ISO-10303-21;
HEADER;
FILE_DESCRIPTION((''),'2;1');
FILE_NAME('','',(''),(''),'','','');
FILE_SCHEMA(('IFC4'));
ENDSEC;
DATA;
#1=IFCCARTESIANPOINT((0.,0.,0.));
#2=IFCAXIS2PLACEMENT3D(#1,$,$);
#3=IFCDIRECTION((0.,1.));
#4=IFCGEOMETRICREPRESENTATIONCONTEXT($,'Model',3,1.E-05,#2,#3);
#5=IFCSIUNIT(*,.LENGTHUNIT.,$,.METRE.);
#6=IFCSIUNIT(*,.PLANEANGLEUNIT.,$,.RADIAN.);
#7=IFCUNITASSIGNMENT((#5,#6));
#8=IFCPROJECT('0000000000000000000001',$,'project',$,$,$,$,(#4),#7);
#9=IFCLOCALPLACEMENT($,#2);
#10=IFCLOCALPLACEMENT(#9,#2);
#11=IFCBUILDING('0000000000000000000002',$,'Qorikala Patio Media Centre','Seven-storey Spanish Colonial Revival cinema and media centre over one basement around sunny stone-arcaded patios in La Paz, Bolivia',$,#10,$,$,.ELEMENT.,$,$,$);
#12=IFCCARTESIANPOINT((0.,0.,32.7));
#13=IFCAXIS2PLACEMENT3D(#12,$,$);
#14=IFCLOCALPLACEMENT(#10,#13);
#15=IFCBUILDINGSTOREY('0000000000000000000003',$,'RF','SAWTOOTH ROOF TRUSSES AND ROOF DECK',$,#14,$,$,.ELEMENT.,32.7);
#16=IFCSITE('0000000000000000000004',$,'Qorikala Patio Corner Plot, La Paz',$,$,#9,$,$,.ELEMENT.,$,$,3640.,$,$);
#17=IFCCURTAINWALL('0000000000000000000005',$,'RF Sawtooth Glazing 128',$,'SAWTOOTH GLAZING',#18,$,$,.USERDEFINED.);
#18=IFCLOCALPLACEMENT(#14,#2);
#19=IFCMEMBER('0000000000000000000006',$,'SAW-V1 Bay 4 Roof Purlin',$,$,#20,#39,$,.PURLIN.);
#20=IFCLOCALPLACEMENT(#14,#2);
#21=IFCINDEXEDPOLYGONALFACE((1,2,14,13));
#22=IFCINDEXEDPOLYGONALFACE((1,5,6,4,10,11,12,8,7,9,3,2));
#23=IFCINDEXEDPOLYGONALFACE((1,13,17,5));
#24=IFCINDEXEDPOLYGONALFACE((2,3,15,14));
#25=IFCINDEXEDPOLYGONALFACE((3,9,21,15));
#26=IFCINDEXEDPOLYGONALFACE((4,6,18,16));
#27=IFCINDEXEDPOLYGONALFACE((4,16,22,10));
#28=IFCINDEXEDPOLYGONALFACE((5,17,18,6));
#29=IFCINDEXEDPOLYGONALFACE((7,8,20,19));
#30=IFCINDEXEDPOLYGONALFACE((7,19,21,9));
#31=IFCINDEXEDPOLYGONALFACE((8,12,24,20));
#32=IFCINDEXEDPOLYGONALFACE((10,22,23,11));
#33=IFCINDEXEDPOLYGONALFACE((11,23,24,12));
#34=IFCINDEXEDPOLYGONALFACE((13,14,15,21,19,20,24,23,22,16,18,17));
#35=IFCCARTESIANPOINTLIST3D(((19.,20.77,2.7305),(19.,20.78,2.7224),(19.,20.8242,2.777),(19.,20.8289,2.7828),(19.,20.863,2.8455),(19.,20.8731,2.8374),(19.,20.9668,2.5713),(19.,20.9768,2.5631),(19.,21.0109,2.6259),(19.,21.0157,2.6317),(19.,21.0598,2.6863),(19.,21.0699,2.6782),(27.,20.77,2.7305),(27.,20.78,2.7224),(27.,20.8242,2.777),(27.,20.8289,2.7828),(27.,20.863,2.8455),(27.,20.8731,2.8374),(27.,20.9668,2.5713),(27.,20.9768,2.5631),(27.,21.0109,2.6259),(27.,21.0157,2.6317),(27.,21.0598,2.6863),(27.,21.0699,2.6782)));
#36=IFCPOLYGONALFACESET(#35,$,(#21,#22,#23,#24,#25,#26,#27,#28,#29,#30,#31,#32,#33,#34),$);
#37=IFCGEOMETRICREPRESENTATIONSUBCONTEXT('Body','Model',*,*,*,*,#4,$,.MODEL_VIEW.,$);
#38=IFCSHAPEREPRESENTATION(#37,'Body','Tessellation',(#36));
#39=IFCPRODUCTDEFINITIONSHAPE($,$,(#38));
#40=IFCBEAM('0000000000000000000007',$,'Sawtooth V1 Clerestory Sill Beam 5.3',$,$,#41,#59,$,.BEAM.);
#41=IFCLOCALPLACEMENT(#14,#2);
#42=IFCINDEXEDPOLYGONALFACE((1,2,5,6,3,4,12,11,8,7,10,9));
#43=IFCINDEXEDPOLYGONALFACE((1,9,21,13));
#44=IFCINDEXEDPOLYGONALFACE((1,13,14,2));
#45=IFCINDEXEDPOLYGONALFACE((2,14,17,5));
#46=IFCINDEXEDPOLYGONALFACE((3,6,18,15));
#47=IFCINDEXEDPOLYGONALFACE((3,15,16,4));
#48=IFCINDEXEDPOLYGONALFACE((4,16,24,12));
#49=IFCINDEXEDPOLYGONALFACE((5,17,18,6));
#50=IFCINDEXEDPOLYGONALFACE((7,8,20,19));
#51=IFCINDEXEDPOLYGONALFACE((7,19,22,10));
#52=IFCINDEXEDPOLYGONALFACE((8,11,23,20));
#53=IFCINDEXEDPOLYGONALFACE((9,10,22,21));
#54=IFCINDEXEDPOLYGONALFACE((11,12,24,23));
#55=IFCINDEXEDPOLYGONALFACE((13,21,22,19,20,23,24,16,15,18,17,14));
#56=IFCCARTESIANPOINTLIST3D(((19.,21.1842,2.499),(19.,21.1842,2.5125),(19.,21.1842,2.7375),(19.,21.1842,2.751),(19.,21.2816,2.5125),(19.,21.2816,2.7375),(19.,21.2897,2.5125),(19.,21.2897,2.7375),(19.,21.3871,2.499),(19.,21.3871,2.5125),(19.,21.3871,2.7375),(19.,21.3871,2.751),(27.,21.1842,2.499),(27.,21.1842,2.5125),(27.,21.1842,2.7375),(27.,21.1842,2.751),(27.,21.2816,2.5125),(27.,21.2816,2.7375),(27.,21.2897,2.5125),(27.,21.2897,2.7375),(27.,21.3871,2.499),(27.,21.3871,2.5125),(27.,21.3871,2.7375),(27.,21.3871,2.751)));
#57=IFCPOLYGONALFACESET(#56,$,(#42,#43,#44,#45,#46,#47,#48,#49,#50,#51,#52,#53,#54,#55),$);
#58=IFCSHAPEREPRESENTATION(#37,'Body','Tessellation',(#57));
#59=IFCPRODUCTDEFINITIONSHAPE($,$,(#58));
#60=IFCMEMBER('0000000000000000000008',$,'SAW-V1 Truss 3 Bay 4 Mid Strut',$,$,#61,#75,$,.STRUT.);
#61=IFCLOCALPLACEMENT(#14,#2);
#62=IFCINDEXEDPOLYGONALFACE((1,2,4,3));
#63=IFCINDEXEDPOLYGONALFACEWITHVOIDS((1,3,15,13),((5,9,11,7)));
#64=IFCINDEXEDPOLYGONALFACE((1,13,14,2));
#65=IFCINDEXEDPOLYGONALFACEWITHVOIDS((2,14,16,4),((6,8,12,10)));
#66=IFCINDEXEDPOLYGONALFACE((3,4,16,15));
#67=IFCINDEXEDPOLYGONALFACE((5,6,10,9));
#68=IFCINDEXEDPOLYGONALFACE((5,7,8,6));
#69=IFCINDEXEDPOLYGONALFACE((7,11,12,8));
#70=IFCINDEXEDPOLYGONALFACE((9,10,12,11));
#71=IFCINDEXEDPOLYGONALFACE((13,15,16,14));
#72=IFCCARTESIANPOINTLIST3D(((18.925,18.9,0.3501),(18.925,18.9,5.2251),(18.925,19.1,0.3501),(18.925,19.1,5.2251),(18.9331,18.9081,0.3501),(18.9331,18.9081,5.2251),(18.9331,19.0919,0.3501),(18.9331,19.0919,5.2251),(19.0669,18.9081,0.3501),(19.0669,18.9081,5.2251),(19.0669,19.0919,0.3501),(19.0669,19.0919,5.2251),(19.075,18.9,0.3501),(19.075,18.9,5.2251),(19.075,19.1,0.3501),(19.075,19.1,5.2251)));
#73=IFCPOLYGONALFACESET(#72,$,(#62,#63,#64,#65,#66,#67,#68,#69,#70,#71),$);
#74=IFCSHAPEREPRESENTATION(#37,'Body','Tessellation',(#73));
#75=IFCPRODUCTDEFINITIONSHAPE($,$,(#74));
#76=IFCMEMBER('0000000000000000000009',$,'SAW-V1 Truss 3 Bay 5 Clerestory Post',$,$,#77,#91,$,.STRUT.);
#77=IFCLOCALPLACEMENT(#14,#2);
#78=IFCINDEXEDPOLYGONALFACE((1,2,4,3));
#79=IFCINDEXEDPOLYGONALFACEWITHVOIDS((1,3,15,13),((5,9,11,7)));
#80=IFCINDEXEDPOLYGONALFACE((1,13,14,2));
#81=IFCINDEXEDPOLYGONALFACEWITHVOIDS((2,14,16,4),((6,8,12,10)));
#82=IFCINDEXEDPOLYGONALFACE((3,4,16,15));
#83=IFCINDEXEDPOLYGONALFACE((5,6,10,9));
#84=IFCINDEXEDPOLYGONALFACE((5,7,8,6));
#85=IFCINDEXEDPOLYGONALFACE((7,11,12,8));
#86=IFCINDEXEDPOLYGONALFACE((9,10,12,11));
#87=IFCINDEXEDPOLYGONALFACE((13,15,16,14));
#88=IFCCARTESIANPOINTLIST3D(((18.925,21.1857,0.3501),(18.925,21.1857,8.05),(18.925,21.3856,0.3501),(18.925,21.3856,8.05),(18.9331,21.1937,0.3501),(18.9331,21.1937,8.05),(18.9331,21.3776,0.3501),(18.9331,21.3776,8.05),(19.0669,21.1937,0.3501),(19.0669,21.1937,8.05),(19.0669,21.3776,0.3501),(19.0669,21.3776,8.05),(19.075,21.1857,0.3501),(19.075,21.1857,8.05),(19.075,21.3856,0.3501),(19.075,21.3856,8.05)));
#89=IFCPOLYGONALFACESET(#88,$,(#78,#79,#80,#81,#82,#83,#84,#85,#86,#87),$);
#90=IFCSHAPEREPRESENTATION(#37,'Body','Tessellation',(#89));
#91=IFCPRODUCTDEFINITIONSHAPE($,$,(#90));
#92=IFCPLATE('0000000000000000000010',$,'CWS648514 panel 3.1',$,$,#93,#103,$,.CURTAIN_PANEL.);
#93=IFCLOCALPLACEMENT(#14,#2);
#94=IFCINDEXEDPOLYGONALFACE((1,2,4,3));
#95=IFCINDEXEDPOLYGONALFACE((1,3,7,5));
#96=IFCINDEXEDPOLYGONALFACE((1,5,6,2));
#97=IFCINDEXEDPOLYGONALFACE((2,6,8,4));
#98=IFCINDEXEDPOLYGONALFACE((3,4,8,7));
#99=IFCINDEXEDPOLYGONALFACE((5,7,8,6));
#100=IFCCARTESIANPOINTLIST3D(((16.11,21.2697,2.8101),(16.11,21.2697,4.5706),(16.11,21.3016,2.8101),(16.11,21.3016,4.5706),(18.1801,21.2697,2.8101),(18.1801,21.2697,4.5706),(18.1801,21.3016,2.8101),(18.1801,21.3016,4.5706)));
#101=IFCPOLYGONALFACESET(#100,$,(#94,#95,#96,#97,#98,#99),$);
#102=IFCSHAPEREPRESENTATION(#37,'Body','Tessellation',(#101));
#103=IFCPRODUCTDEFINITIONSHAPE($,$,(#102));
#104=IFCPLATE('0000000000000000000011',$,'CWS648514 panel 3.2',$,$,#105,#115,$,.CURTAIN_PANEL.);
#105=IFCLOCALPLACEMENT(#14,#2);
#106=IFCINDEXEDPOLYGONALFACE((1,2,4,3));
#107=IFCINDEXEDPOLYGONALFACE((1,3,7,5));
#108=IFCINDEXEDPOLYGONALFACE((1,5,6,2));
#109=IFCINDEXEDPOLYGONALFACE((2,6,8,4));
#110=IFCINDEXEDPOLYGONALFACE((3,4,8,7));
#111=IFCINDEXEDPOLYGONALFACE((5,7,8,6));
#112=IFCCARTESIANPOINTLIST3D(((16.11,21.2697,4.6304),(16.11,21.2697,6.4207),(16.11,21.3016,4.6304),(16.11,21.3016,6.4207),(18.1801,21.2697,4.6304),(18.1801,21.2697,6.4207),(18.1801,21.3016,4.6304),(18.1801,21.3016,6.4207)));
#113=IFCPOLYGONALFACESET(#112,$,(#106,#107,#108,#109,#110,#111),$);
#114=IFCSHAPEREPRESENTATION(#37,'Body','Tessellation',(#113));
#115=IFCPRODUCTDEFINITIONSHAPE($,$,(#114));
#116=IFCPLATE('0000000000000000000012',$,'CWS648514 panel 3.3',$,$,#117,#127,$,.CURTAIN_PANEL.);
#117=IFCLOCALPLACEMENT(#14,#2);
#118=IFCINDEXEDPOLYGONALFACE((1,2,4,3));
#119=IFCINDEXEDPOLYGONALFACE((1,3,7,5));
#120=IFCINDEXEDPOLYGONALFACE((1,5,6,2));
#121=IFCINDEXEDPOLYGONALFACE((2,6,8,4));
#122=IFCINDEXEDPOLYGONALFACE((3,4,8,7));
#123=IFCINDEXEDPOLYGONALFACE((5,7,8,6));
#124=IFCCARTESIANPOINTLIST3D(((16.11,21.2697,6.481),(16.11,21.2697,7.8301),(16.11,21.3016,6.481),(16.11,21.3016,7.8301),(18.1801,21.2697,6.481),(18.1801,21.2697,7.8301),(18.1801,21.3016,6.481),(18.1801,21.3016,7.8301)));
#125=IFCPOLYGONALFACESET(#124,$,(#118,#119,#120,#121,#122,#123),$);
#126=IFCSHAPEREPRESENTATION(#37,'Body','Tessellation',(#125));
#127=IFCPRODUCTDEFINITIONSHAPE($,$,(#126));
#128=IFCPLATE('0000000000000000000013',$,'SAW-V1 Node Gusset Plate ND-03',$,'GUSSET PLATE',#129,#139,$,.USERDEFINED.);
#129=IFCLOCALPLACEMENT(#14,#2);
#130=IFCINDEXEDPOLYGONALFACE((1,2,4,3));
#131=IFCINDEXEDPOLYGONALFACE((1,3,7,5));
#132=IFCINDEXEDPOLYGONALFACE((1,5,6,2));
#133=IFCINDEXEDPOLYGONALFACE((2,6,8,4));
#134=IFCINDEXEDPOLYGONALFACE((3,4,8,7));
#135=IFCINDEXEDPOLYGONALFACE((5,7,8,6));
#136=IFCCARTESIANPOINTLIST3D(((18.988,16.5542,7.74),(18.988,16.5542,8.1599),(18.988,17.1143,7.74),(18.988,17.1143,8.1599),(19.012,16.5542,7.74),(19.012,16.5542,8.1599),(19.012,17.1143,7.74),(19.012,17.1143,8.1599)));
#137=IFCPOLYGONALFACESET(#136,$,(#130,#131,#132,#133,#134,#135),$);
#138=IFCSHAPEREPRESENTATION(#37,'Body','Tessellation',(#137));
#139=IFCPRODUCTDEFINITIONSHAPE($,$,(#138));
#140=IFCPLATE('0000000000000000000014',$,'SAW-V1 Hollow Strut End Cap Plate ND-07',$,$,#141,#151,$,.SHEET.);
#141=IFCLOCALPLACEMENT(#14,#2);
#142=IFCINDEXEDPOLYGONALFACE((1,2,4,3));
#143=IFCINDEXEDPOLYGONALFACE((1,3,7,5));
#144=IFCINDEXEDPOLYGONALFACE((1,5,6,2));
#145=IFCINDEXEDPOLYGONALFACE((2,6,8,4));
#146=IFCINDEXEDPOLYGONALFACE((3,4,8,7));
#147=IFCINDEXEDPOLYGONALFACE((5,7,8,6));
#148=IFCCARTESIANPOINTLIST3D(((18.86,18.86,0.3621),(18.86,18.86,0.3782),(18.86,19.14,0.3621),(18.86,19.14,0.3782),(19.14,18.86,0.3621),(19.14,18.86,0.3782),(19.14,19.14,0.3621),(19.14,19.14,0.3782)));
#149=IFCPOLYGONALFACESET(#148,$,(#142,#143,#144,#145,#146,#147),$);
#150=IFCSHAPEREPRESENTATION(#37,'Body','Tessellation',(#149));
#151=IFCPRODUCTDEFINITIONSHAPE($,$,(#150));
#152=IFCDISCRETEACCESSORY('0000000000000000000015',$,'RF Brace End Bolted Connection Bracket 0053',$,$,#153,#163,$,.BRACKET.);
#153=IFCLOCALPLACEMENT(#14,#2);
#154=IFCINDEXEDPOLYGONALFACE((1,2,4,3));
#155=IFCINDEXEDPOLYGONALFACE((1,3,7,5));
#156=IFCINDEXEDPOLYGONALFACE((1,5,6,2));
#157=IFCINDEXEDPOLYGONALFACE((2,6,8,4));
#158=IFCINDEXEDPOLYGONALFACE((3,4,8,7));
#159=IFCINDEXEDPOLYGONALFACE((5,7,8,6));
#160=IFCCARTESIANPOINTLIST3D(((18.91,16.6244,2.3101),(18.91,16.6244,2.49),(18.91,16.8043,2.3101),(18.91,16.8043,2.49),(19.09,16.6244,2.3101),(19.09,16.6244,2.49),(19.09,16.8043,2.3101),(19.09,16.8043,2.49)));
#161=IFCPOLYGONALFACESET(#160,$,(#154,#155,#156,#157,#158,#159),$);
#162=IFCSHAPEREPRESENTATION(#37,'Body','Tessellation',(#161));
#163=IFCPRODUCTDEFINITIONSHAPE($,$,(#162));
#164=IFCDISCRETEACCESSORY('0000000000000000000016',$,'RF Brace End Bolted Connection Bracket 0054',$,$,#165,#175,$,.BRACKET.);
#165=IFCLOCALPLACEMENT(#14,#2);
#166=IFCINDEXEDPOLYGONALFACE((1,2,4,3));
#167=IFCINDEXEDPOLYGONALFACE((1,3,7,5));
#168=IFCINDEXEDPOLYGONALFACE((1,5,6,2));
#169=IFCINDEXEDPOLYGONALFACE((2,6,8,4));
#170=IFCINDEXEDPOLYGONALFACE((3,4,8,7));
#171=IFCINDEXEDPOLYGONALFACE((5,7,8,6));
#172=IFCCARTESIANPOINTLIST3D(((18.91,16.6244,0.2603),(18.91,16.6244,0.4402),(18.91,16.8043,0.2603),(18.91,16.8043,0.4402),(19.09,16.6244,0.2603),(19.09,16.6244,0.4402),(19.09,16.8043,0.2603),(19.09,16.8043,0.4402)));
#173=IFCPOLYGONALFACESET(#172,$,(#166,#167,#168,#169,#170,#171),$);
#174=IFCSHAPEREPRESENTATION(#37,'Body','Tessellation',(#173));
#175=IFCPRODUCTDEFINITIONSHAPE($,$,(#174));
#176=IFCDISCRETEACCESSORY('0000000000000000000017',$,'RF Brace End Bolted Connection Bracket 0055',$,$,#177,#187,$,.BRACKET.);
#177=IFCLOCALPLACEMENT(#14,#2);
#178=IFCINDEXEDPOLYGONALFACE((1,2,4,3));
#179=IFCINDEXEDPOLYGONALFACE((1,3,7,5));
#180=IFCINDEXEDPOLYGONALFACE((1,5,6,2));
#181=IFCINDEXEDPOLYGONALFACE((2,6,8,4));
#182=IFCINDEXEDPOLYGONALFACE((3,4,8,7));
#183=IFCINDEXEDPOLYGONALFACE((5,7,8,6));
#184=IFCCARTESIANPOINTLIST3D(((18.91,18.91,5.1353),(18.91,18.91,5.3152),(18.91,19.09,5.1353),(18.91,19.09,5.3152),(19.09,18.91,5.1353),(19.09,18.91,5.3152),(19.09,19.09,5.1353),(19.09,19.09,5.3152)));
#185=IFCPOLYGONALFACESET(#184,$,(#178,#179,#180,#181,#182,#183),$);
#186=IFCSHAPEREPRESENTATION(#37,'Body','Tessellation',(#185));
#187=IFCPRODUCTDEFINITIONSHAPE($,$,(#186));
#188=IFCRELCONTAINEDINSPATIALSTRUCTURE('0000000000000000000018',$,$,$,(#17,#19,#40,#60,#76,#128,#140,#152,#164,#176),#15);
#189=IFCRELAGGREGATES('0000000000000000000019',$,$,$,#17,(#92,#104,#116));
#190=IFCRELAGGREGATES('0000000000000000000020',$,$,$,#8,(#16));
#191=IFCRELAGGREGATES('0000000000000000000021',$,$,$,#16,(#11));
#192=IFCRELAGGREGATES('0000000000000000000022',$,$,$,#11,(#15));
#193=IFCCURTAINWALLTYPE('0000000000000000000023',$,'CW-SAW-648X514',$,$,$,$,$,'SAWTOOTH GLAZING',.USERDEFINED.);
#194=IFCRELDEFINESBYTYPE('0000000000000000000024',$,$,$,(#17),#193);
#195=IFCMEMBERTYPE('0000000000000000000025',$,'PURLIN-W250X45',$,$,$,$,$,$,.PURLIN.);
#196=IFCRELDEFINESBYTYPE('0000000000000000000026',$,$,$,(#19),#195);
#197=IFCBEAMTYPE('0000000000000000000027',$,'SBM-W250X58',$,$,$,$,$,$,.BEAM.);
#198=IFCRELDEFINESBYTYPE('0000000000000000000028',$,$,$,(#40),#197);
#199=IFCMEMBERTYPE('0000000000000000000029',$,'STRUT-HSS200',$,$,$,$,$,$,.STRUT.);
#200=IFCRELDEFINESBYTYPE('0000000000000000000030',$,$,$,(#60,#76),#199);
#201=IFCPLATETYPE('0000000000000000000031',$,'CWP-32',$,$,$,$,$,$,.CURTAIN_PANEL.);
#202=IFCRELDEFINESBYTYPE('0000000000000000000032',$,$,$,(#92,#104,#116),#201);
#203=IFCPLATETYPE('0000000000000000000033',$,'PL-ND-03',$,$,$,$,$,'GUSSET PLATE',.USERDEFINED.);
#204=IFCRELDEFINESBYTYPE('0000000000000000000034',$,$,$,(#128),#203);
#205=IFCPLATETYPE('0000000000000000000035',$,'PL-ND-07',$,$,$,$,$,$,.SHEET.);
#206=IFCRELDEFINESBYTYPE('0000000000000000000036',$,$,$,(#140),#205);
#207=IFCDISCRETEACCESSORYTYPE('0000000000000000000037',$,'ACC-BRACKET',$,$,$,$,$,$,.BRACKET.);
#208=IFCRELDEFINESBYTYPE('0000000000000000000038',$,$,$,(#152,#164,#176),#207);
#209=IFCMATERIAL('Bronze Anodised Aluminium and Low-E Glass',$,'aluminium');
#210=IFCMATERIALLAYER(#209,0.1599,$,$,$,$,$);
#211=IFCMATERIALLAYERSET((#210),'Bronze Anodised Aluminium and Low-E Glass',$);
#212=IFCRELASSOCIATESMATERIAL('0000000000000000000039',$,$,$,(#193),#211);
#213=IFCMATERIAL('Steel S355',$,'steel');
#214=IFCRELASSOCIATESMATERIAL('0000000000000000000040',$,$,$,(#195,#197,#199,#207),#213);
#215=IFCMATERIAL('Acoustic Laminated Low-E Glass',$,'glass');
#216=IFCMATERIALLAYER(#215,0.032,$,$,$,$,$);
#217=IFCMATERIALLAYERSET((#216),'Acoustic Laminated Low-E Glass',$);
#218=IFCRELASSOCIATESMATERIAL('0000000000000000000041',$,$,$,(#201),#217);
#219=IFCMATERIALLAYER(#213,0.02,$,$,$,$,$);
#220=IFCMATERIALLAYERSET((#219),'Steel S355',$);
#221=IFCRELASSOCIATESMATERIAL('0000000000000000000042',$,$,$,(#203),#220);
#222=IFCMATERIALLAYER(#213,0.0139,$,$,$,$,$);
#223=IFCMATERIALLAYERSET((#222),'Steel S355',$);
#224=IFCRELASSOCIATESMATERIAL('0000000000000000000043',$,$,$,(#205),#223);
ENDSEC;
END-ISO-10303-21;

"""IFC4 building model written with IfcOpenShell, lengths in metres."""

from ifc_helpers import new_model, si_unit, direction, frame, origin, origin_2d, place, context, subcontext, project, spatial, rectangle, hollow_rectangle, i_section, extrude, material, layer, layer_set, material_profile, profile_set, type_object, element, aggregate, save


model = new_model("IFC4")

# Units and contexts
model_context = context("Model", 3, precision=1e-05, world=origin(), true_north=direction((0.0, 1.0)))
body_context = subcontext(model_context, "Body", "Model", "MODEL_VIEW")
ifc_project = project(units=[si_unit("LENGTHUNIT", "METRE"), si_unit("PLANEANGLEUNIT", "RADIAN")], contexts=[model_context])

# Site, building, storey
site_placement = place(None, origin())
site = spatial("IfcSite", under=ifc_project, at=site_placement, Name="Qorikala Patio Corner Plot, La Paz", CompositionType="ELEMENT", RefElevation=3640.0)
building_placement = place(site_placement, origin())
building = spatial("IfcBuilding", under=site, at=building_placement, Name="Qorikala Patio Media Centre", Description="Seven-storey Spanish Colonial Revival cinema and media centre over one basement around sunny stone-arcaded patios in La Paz, Bolivia", CompositionType="ELEMENT")
storey_placement = place(building_placement, frame((0.0, 0.0, 32.7)))
storey = spatial("IfcBuildingStorey", under=building, at=storey_placement, Name="RF", Description="SAWTOOTH ROOF TRUSSES AND ROOF DECK", CompositionType="ELEMENT", Elevation=32.7)

# Shared definitions
ifc_material_1 = material(Name="Steel S355", Category="steel")

# Curtain wall
ifc_material_2 = material(Name="Bronze Anodised Aluminium and Low-E Glass", Category="aluminium")
ifc_layer_1 = layer(ifc_material_2, 0.1599)
ifc_layer_set_1 = layer_set([ifc_layer_1], Name="Bronze Anodised Aluminium and Low-E Glass")
curtain_wall_type = type_object("IfcCurtainWallType", Name="CW-SAW-648X514", ElementType="SAWTOOTH GLAZING", PredefinedType="USERDEFINED", material=ifc_layer_set_1)
curtain_wall_placement = place(storey_placement, origin())
curtain_wall = element("IfcCurtainWall", 1, at=curtain_wall_placement, inside=storey, type_object=curtain_wall_type, Name="RF Sawtooth Glazing 128", ObjectType="SAWTOOTH GLAZING", PredefinedType="USERDEFINED")

# Member
ifc_material_profile_1 = material_profile(ifc_material_1, i_section(OverallWidth=0.1479, OverallDepth=0.2661, WebThickness=0.0076, FlangeThickness=0.0129, at=origin_2d()), Name="W250X45")
ifc_profile_set_1 = profile_set([ifc_material_profile_1], Name="Steel S355")
member_type_1 = type_object("IfcMemberType", Name="PURLIN-W250X45", PredefinedType="PURLIN", material=ifc_profile_set_1)
for number, where, z_axis, x_axis, name in (
    (2, (19.0, 20.9199, 2.7043), (1.0, 0.0, 0.0), (0.0, 0.628995, 0.77741), "SAW-V1 Bay 4 Roof Purlin"),
):
    element("IfcMember", number, at=place(storey_placement, frame(where, z_axis=z_axis, x_axis=x_axis)), inside=storey, type_object=member_type_1, Name=name, PredefinedType="PURLIN", context=body_context, shape_type="SweptSolid", body=[
        extrude(i_section(OverallWidth=0.1479, OverallDepth=0.2661, WebThickness=0.0076, FlangeThickness=0.0129, at=origin_2d()), origin(), (0.0, 0.0, 1.0), 8.0),
    ])

# Beam
ifc_material_profile_2 = material_profile(ifc_material_1, i_section(OverallWidth=0.2029, OverallDepth=0.252, WebThickness=0.0081, FlangeThickness=0.0134, at=origin_2d()), Name="W250X58")
ifc_profile_set_2 = profile_set([ifc_material_profile_2], Name="Steel S355")
beam_type = type_object("IfcBeamType", Name="SBM-W250X58", PredefinedType="BEAM", material=ifc_profile_set_2)
beam_placement = place(storey_placement, frame((19.0, 21.2856, 2.625), z_axis=(1.0, 0.0, 0.0), x_axis=(0.0, 1.0, 0.0)))
element("IfcBeam", 3, at=beam_placement, inside=storey, type_object=beam_type, Name="Sawtooth V1 Clerestory Sill Beam 5.3", PredefinedType="BEAM", context=body_context, shape_type="SweptSolid", body=[
    extrude(i_section(OverallWidth=0.2029, OverallDepth=0.252, WebThickness=0.0081, FlangeThickness=0.0134, at=origin_2d()), origin(), (0.0, 0.0, 1.0), 8.0),
])

# Members
ifc_material_profile_3 = material_profile(ifc_material_1, hollow_rectangle(XDim=0.1499, YDim=0.2, WallThickness=0.0081, at=origin_2d()), Name="HSS200X150X8")
ifc_profile_set_3 = profile_set([ifc_material_profile_3], Name="Steel S355")
member_type_2 = type_object("IfcMemberType", Name="STRUT-HSS200", PredefinedType="STRUT", material=ifc_profile_set_3)
member_1_placement = place(storey_placement, frame((19.0, 19.0, 0.3501), z_axis=(0.0, 0.0, 1.0), x_axis=(1.0, 0.0, 0.0)))
element("IfcMember", 4, at=member_1_placement, inside=storey, type_object=member_type_2, Name="SAW-V1 Truss 3 Bay 4 Mid Strut", PredefinedType="STRUT", context=body_context, shape_type="SweptSolid", body=[
    extrude(hollow_rectangle(XDim=0.1499, YDim=0.2, WallThickness=0.0081, at=origin_2d()), origin(), (0.0, 0.0, 1.0), 4.875),
])
member_2_placement = place(storey_placement, frame((19.0, 21.2856, 0.3501), z_axis=(0.0, 0.0, 1.0), x_axis=(1.0, 0.0, 0.0)))
element("IfcMember", 5, at=member_2_placement, inside=storey, type_object=member_type_2, Name="SAW-V1 Truss 3 Bay 5 Clerestory Post", PredefinedType="STRUT", context=body_context, shape_type="SweptSolid", body=[
    extrude(hollow_rectangle(XDim=0.1499, YDim=0.2, WallThickness=0.0081, at=origin_2d()), origin(), (0.0, 0.0, 1.0), 7.7),
])

# Plates
ifc_material_3 = material(Name="Acoustic Laminated Low-E Glass", Category="glass")
ifc_layer_2 = layer(ifc_material_3, 0.032)
ifc_layer_set_2 = layer_set([ifc_layer_2], Name="Acoustic Laminated Low-E Glass")
plate_type_1 = type_object("IfcPlateType", Name="CWP-32", PredefinedType="CURTAIN_PANEL", material=ifc_layer_set_2)
plate_1_placement = place(storey_placement, frame((17.145, 21.2856, 2.8101), z_axis=(0.0, 0.0, 1.0), x_axis=(1.0, 0.0, 0.0)))
plate_1 = element("IfcPlate", 6, at=plate_1_placement, type_object=plate_type_1, Name="CWS648514 panel 3.1", PredefinedType="CURTAIN_PANEL", context=body_context, shape_type="SweptSolid", body=[
    extrude(rectangle(XDim=2.0701, YDim=0.032, at=origin_2d()), origin(), (0.0, 0.0, 1.0), 1.7605),
])
plate_2_placement = place(storey_placement, frame((17.145, 21.2856, 4.6304), z_axis=(0.0, 0.0, 1.0), x_axis=(1.0, 0.0, 0.0)))
plate_2 = element("IfcPlate", 7, at=plate_2_placement, type_object=plate_type_1, Name="CWS648514 panel 3.2", PredefinedType="CURTAIN_PANEL", context=body_context, shape_type="SweptSolid", body=[
    extrude(rectangle(XDim=2.0701, YDim=0.032, at=origin_2d()), origin(), (0.0, 0.0, 1.0), 1.7903),
])
plate_3_placement = place(storey_placement, frame((17.145, 21.2856, 6.481), z_axis=(0.0, 0.0, 1.0), x_axis=(1.0, 0.0, 0.0)))
plate_3 = element("IfcPlate", 8, at=plate_3_placement, type_object=plate_type_1, Name="CWS648514 panel 3.3", PredefinedType="CURTAIN_PANEL", context=body_context, shape_type="SweptSolid", body=[
    extrude(rectangle(XDim=2.0701, YDim=0.032, at=origin_2d()), origin(), (0.0, 0.0, 1.0), 1.3491),
])
aggregate(curtain_wall, [plate_1, plate_2, plate_3])

# Plates
ifc_layer_3 = layer(ifc_material_1, 0.02)
ifc_layer_set_3 = layer_set([ifc_layer_3], Name="Steel S355")
plate_type_2 = type_object("IfcPlateType", Name="PL-ND-03", ElementType="GUSSET PLATE", PredefinedType="USERDEFINED", material=ifc_layer_set_3)
plate_4_placement = place(storey_placement, frame((19.0, 16.8342, 7.74), z_axis=(0.0, 0.0, 1.0), x_axis=(1.0, 0.0, 0.0)))
element("IfcPlate", 9, at=plate_4_placement, inside=storey, type_object=plate_type_2, Name="SAW-V1 Node Gusset Plate ND-03", ObjectType="GUSSET PLATE", PredefinedType="USERDEFINED", context=body_context, shape_type="SweptSolid", body=[
    extrude(rectangle(XDim=0.0239, YDim=0.5601, at=origin_2d()), origin(), (0.0, 0.0, 1.0), 0.4199),
])
ifc_layer_4 = layer(ifc_material_1, 0.0139)
ifc_layer_set_4 = layer_set([ifc_layer_4], Name="Steel S355")
plate_type_3 = type_object("IfcPlateType", Name="PL-ND-07", PredefinedType="SHEET", material=ifc_layer_set_4)
plate_5_placement = place(storey_placement, frame((19.0, 19.0, 0.3621), z_axis=(0.0, 0.0, 1.0), x_axis=(1.0, 0.0, 0.0)))
element("IfcPlate", 10, at=plate_5_placement, inside=storey, type_object=plate_type_3, Name="SAW-V1 Hollow Strut End Cap Plate ND-07", PredefinedType="SHEET", context=body_context, shape_type="SweptSolid", body=[
    extrude(rectangle(XDim=0.28, YDim=0.28, at=origin_2d()), origin(), (0.0, 0.0, 1.0), 0.0161),
])

# Discrete accessories
discrete_accessory_type = type_object("IfcDiscreteAccessoryType", Name="ACC-BRACKET", PredefinedType="BRACKET", material=ifc_material_1)
for number, where, z_axis, x_axis, name in (
    (11, (19.0, 16.7144, 2.3101), (0.0, 0.0, 1.0), (1.0, 0.0, 0.0), "RF Brace End Bolted Connection Bracket 0053"),
    (12, (19.0, 16.7144, 0.2603), (0.0, 0.0, 1.0), (1.0, 0.0, 0.0), "RF Brace End Bolted Connection Bracket 0054"),
    (13, (19.0, 19.0, 5.1353), (0.0, 0.0, 1.0), (1.0, 0.0, 0.0), "RF Brace End Bolted Connection Bracket 0055"),
):
    element("IfcDiscreteAccessory", number, at=place(storey_placement, frame(where, z_axis=z_axis, x_axis=x_axis)), inside=storey, type_object=discrete_accessory_type, Name=name, PredefinedType="BRACKET", context=body_context, shape_type="SweptSolid", body=[
        extrude(rectangle(XDim=0.1799, YDim=0.1799, at=origin_2d()), origin(), (0.0, 0.0, 1.0), 0.1799),
    ])

save(model, "model.ifc")
